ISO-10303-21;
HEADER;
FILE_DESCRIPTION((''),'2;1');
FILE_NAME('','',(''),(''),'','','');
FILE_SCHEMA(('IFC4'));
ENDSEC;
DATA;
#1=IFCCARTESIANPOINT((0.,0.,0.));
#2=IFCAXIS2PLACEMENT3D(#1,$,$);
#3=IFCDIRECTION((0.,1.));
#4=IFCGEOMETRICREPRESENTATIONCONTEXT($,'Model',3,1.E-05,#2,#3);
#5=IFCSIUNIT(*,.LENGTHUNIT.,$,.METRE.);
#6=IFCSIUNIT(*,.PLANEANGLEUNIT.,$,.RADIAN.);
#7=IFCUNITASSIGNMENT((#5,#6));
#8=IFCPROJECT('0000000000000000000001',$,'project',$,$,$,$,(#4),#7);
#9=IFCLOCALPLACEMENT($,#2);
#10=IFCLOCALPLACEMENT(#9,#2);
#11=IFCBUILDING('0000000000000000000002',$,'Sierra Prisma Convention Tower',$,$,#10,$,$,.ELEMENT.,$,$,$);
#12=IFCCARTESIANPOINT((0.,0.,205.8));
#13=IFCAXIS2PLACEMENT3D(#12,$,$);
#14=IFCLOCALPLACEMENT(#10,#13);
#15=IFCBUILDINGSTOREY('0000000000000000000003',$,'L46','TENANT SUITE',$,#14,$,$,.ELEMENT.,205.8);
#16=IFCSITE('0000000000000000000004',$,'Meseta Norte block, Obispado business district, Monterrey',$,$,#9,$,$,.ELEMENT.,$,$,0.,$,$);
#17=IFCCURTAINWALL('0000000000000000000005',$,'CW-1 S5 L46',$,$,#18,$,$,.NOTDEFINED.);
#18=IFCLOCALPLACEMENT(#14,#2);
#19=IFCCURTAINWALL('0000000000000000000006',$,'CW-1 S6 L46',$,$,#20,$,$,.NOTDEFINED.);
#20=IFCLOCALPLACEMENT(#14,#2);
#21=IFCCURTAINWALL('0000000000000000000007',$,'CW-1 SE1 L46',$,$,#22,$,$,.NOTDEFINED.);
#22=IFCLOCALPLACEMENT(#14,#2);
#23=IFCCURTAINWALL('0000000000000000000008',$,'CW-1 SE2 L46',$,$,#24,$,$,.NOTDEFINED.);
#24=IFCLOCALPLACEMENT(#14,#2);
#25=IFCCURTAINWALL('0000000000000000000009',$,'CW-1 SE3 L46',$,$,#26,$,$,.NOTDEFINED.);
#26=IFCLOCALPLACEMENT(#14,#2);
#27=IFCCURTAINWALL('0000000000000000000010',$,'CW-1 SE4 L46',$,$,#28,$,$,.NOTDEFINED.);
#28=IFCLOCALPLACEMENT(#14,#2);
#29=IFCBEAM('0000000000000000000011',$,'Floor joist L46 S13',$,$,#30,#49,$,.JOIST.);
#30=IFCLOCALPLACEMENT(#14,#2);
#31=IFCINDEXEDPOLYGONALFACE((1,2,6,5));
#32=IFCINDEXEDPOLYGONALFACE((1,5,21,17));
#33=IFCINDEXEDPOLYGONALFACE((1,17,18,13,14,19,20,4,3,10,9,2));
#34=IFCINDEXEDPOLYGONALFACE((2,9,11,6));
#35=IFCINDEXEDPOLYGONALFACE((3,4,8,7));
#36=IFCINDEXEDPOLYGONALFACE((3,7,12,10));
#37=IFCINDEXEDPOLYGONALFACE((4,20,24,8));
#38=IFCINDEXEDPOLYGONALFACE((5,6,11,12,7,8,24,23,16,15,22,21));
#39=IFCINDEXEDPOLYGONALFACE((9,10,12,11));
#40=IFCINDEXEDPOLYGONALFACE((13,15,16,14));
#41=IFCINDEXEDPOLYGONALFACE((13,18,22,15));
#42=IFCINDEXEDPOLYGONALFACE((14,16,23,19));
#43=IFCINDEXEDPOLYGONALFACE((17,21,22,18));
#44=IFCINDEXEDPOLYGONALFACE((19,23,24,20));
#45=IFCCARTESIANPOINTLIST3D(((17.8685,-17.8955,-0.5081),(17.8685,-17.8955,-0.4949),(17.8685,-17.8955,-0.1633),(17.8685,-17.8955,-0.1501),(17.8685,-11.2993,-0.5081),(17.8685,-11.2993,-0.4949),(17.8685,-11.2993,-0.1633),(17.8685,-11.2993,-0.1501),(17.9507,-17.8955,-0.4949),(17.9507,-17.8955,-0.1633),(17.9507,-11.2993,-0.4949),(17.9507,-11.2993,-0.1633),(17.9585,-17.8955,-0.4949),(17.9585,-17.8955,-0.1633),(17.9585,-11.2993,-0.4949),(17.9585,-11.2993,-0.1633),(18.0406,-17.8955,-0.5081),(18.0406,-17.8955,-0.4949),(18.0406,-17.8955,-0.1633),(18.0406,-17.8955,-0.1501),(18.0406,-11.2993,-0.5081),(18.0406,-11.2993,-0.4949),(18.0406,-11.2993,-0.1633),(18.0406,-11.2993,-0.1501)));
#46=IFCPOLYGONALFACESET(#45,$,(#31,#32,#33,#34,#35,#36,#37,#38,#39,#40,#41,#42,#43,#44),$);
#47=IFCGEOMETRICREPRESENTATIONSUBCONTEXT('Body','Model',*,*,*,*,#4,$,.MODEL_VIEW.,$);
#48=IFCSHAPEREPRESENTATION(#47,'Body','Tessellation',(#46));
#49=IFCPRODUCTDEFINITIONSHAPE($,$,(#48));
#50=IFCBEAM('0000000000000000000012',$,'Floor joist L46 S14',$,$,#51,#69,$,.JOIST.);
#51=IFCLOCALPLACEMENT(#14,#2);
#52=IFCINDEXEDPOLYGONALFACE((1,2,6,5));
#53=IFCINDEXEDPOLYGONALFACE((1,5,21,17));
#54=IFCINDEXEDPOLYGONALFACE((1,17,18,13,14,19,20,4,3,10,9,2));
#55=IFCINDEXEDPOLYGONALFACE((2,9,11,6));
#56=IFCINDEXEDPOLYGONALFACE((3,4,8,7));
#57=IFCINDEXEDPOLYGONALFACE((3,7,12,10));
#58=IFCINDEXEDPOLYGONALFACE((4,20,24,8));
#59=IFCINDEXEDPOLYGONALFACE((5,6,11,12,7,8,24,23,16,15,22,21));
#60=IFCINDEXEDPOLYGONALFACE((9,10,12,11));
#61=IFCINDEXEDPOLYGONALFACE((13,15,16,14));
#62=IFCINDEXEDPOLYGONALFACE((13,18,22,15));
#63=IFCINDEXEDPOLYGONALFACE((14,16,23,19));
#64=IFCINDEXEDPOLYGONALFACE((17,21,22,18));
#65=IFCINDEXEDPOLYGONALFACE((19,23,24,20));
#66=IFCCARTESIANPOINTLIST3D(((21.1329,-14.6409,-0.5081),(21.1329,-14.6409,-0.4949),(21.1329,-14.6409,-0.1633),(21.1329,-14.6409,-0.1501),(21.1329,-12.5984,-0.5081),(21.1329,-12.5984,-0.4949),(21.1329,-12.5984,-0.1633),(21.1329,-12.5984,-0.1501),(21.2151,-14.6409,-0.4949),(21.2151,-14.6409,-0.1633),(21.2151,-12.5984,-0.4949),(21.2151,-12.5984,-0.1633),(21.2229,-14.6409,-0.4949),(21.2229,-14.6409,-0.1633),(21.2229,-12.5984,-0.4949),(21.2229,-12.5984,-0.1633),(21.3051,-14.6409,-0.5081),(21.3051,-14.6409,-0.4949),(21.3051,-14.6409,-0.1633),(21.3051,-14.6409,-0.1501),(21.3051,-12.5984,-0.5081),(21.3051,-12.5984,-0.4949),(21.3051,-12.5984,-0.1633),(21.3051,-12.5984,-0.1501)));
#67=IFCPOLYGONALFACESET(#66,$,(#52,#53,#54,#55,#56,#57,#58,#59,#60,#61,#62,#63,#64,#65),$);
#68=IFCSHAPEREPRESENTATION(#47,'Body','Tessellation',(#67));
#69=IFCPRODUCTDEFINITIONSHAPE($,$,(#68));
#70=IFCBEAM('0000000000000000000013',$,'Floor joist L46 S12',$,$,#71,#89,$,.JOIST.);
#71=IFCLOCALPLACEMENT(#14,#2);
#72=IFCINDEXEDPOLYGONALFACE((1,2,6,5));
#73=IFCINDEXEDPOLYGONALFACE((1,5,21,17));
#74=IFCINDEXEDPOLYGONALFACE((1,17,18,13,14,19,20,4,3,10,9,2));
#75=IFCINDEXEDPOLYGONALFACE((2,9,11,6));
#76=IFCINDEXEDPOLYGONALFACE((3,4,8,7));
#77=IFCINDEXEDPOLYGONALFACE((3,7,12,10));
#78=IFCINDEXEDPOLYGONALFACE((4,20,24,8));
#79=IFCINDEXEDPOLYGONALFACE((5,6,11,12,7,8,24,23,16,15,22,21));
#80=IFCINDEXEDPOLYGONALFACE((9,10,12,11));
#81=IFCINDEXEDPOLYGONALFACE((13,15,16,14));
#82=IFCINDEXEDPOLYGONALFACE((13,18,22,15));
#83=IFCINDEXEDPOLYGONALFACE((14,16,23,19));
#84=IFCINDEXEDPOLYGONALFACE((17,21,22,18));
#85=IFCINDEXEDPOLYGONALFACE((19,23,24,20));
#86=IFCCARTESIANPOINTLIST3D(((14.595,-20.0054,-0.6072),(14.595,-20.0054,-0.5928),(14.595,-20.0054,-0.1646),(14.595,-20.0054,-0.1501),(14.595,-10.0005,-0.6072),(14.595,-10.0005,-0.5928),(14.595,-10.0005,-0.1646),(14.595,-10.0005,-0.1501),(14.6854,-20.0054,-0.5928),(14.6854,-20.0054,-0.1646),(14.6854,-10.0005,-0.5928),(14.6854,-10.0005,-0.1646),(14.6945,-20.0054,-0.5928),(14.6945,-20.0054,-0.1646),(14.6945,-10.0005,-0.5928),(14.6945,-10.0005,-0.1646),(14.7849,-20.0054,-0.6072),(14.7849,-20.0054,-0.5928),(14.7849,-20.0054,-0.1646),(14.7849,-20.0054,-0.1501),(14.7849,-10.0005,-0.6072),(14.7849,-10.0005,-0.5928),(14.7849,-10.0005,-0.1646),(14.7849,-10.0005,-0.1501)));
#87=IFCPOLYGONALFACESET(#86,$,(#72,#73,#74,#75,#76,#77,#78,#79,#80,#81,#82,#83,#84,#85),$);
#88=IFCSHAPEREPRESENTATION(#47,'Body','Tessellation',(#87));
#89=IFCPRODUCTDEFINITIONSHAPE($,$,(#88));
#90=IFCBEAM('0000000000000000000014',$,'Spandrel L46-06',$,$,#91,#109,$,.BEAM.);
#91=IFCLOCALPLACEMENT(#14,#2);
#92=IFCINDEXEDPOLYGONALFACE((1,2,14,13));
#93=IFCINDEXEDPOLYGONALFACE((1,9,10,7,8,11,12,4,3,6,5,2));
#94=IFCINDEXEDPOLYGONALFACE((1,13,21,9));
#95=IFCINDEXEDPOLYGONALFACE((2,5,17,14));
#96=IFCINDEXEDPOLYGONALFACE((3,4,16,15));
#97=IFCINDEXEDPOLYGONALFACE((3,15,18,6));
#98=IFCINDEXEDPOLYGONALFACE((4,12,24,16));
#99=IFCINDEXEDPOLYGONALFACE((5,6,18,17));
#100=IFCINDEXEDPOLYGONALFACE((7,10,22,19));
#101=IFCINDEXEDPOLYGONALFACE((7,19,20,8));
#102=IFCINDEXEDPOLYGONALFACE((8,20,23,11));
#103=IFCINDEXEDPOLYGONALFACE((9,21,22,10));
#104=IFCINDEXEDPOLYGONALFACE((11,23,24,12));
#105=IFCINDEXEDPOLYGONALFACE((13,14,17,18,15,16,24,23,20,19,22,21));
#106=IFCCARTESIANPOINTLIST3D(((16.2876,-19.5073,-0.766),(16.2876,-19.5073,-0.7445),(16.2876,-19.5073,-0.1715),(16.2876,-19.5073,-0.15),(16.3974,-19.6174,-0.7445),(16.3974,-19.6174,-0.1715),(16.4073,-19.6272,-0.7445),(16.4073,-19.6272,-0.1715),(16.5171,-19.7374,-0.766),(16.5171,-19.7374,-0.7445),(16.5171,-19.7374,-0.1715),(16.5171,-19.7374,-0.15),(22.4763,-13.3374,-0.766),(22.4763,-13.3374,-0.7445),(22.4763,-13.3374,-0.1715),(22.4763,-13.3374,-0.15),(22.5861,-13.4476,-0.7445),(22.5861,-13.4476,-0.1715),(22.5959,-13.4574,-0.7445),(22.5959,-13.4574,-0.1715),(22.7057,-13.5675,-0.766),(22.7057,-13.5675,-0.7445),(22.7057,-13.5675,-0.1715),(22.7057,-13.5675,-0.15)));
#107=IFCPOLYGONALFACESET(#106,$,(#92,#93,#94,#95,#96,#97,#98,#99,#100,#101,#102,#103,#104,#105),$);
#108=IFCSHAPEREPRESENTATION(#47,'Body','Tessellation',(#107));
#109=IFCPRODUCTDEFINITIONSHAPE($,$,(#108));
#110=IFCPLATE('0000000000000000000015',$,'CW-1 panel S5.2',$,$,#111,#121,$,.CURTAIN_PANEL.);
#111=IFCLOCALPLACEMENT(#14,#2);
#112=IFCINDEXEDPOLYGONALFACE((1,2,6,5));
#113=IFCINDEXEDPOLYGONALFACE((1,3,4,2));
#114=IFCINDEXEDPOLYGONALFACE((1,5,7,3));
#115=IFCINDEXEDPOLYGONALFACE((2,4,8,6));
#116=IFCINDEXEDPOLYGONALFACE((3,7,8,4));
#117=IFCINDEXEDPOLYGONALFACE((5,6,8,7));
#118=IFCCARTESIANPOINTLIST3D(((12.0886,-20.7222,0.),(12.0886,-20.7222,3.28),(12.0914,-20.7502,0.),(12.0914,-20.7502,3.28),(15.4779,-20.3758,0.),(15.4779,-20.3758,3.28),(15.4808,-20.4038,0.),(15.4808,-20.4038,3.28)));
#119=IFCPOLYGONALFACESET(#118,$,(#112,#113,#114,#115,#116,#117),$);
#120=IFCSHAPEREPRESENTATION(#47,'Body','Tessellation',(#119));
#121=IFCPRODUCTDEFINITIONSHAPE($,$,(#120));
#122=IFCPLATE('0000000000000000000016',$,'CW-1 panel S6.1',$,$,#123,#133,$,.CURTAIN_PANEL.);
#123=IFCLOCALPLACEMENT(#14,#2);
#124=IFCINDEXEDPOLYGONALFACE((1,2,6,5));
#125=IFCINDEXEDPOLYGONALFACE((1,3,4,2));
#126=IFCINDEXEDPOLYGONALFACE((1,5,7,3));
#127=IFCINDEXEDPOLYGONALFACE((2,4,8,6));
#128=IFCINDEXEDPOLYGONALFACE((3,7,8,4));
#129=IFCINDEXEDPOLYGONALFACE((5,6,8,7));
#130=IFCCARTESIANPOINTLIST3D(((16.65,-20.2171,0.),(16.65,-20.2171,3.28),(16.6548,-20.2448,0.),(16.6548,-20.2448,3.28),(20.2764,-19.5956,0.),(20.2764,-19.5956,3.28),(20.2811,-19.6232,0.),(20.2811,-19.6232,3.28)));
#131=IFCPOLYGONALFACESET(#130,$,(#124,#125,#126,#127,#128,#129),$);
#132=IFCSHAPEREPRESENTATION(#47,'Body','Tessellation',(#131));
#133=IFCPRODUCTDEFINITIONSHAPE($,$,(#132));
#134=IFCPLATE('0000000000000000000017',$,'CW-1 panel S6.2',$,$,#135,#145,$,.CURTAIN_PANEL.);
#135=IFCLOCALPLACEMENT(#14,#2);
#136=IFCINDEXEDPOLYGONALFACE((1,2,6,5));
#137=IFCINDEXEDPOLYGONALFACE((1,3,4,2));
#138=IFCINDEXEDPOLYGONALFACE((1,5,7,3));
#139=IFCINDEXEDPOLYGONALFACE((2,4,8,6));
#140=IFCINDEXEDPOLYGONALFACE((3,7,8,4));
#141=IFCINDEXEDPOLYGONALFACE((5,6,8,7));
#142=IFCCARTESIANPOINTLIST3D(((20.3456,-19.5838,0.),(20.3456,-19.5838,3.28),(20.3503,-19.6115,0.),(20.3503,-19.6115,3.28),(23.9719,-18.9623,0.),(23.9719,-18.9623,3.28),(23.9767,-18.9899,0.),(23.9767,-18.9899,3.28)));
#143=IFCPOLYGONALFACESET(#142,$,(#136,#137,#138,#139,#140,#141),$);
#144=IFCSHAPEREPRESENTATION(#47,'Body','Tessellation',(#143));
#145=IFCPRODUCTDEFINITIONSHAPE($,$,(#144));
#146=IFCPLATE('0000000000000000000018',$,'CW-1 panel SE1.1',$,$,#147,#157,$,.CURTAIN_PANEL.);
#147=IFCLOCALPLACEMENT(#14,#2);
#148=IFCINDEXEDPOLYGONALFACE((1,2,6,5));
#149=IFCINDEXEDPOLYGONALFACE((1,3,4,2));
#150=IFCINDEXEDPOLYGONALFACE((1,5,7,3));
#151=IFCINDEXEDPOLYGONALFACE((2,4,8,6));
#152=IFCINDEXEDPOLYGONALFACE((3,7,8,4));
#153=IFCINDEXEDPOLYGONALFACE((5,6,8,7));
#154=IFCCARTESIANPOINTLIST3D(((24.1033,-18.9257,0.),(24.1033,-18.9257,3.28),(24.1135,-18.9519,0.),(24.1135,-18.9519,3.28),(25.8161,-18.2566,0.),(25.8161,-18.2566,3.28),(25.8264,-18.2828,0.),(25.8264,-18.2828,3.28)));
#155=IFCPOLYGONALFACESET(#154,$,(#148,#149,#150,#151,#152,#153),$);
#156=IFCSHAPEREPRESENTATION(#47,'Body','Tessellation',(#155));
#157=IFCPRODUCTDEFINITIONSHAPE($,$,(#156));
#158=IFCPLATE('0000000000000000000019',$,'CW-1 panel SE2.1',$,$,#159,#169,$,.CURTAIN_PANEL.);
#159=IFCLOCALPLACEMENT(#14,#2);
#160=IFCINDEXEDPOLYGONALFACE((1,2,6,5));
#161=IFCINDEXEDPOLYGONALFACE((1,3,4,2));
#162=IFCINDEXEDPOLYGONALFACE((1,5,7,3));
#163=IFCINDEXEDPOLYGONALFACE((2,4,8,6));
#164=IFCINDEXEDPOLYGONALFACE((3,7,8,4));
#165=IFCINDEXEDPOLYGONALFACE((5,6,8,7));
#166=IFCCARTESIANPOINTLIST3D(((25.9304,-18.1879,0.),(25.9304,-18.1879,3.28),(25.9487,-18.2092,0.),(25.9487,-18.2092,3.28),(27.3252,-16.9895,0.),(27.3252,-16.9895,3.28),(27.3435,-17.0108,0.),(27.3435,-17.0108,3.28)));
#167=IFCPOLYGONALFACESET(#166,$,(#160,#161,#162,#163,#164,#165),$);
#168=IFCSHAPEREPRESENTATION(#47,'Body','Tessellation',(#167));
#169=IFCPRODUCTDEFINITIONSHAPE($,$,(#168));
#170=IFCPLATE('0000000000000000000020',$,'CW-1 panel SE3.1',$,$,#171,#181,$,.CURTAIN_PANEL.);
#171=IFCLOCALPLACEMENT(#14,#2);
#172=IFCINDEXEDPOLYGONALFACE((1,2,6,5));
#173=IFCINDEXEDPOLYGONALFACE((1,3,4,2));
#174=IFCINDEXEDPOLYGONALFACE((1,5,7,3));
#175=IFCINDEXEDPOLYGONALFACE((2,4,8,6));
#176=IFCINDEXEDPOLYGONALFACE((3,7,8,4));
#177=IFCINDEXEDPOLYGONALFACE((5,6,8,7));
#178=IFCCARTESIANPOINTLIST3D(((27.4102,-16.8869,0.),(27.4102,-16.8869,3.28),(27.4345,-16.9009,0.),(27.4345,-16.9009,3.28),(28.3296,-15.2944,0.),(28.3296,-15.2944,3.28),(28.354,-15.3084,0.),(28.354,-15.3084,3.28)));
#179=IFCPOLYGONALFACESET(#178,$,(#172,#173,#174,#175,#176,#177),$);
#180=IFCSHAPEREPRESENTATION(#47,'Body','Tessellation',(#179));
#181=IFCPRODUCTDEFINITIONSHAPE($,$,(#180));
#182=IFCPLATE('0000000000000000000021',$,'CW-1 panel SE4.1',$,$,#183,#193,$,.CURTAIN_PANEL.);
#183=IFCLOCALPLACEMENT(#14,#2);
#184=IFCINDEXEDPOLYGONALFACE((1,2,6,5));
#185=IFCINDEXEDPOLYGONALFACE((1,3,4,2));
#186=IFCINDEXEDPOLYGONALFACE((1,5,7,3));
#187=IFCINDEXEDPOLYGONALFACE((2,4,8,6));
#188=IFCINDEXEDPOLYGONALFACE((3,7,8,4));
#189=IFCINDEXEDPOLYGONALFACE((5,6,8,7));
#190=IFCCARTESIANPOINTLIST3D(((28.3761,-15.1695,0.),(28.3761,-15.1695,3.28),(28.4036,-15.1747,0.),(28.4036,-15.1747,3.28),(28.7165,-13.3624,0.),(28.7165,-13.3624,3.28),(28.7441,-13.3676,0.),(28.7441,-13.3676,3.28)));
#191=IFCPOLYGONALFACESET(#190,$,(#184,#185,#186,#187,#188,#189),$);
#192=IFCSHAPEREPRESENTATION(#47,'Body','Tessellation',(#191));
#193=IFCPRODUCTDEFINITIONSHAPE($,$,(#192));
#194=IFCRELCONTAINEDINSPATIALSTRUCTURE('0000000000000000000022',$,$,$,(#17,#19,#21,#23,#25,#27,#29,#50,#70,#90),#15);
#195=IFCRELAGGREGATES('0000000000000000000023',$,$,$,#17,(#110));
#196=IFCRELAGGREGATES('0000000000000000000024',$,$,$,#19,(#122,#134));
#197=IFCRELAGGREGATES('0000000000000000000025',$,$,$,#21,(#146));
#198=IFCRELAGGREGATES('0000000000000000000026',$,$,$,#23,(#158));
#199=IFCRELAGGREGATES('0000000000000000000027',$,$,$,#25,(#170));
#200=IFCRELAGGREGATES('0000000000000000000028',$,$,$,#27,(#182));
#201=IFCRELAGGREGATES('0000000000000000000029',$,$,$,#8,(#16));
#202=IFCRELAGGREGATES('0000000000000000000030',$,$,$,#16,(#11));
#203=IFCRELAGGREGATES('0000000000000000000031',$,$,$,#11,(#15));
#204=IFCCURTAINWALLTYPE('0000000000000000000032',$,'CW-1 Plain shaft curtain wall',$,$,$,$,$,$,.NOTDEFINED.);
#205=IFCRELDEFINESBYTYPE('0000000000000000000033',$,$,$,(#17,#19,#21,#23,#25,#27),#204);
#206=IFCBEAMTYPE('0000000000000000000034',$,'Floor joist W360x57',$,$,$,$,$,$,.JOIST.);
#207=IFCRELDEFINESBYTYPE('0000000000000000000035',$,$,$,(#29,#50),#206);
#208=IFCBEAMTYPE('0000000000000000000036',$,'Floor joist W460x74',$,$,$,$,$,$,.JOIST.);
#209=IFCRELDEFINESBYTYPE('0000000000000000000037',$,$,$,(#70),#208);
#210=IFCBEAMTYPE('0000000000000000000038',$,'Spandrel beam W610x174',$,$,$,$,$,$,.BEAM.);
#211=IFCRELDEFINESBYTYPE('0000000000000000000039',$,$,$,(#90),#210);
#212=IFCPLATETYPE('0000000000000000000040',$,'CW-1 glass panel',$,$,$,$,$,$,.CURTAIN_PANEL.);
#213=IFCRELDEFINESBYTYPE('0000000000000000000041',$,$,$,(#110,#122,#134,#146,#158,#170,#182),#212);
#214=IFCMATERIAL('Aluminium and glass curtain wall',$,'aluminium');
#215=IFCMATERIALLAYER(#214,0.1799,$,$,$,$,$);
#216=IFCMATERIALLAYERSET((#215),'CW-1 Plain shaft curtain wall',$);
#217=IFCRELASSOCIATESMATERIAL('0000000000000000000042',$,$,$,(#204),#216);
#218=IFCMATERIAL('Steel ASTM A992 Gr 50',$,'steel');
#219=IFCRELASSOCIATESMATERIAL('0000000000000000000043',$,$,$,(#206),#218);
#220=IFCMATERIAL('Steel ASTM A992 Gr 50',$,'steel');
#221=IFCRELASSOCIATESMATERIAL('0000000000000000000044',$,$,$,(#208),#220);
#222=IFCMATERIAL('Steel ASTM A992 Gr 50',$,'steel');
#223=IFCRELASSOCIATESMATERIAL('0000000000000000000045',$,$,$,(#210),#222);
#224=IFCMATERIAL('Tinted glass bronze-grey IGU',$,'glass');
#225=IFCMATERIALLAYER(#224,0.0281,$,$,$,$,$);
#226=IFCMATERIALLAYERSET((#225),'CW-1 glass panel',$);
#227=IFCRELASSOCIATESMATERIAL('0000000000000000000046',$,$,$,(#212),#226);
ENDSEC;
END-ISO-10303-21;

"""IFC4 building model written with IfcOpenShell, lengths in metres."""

from ifc_helpers import new_model, si_unit, direction, frame, origin, origin_2d, place, context, subcontext, project, spatial, rectangle, i_section, extrude, material, layer, layer_set, material_profile, profile_set, type_object, element, aggregate, save


model = new_model("IFC4")

# Units and contexts
model_context = context("Model", 3, precision=1e-05, world=origin(), true_north=direction((0.0, 1.0)))
body_context = subcontext(model_context, "Body", "Model", "MODEL_VIEW")
ifc_project = project(units=[si_unit("LENGTHUNIT", "METRE"), si_unit("PLANEANGLEUNIT", "RADIAN")], contexts=[model_context])

# Site, building, storey
site_placement = place(None, origin())
site = spatial("IfcSite", under=ifc_project, at=site_placement, Name="Meseta Norte block, Obispado business district, Monterrey", CompositionType="ELEMENT", RefElevation=0.0)
building_placement = place(site_placement, origin())
building = spatial("IfcBuilding", under=site, at=building_placement, Name="Sierra Prisma Convention Tower", CompositionType="ELEMENT")
storey_placement = place(building_placement, frame((0.0, 0.0, 205.8)))
storey = spatial("IfcBuildingStorey", under=building, at=storey_placement, Name="L46", Description="TENANT SUITE", CompositionType="ELEMENT", Elevation=205.8)

# Curtain walls
ifc_material_1 = material(Name="Aluminium and glass curtain wall", Category="aluminium")
ifc_layer_1 = layer(ifc_material_1, 0.1799)
ifc_layer_set_1 = layer_set([ifc_layer_1], Name="CW-1 Plain shaft curtain wall")
curtain_wall_type = type_object("IfcCurtainWallType", Name="CW-1 Plain shaft curtain wall", PredefinedType="NOTDEFINED", material=ifc_layer_set_1)
curtain_wall_1_placement = place(storey_placement, origin())
curtain_wall_1 = element("IfcCurtainWall", 1, at=curtain_wall_1_placement, inside=storey, type_object=curtain_wall_type, Name="CW-1 S5 L46", PredefinedType="NOTDEFINED")
curtain_wall_2_placement = place(storey_placement, origin())
curtain_wall_2 = element("IfcCurtainWall", 2, at=curtain_wall_2_placement, inside=storey, type_object=curtain_wall_type, Name="CW-1 S6 L46", PredefinedType="NOTDEFINED")
curtain_wall_3_placement = place(storey_placement, origin())
curtain_wall_3 = element("IfcCurtainWall", 3, at=curtain_wall_3_placement, inside=storey, type_object=curtain_wall_type, Name="CW-1 SE1 L46", PredefinedType="NOTDEFINED")
curtain_wall_4_placement = place(storey_placement, origin())
curtain_wall_4 = element("IfcCurtainWall", 4, at=curtain_wall_4_placement, inside=storey, type_object=curtain_wall_type, Name="CW-1 SE2 L46", PredefinedType="NOTDEFINED")
curtain_wall_5_placement = place(storey_placement, origin())
curtain_wall_5 = element("IfcCurtainWall", 5, at=curtain_wall_5_placement, inside=storey, type_object=curtain_wall_type, Name="CW-1 SE3 L46", PredefinedType="NOTDEFINED")
curtain_wall_6_placement = place(storey_placement, origin())
curtain_wall_6 = element("IfcCurtainWall", 6, at=curtain_wall_6_placement, inside=storey, type_object=curtain_wall_type, Name="CW-1 SE4 L46", PredefinedType="NOTDEFINED")

# Beams
ifc_material_2 = material(Name="Steel ASTM A992 Gr 50", Category="steel")
ifc_material_profile_1 = material_profile(ifc_material_2, i_section(OverallWidth=0.1721, OverallDepth=0.3579, WebThickness=0.0078, FlangeThickness=0.0132, at=origin_2d()), Name="W360x57")
ifc_profile_set_1 = profile_set([ifc_material_profile_1], Name="Steel ASTM A992 Gr 50")
beam_type_1 = type_object("IfcBeamType", Name="Floor joist W360x57", PredefinedType="JOIST", material=ifc_profile_set_1)
beam_1_placement = place(storey_placement, frame((17.9546, -17.8955, -0.3291), z_axis=(0.0, 1.0, 0.0), x_axis=(-1.0, 0.0, 0.0)))
element("IfcBeam", 7, at=beam_1_placement, inside=storey, type_object=beam_type_1, Name="Floor joist L46 S13", PredefinedType="JOIST", context=body_context, shape_type="SweptSolid", body=[
    extrude(i_section(OverallWidth=0.1721, OverallDepth=0.3579, WebThickness=0.0078, FlangeThickness=0.0132, at=origin_2d()), origin(), (0.0, 0.0, 1.0), 6.5962),
])
beam_2_placement = place(storey_placement, frame((21.219, -14.6409, -0.3291), z_axis=(0.0, 1.0, 0.0), x_axis=(-1.0, 0.0, 0.0)))
element("IfcBeam", 8, at=beam_2_placement, inside=storey, type_object=beam_type_1, Name="Floor joist L46 S14", PredefinedType="JOIST", context=body_context, shape_type="SweptSolid", body=[
    extrude(i_section(OverallWidth=0.1721, OverallDepth=0.3579, WebThickness=0.0078, FlangeThickness=0.0132, at=origin_2d()), origin(), (0.0, 0.0, 1.0), 2.0425),
])
ifc_material_3 = material(Name="Steel ASTM A992 Gr 50", Category="steel")
ifc_material_profile_2 = material_profile(ifc_material_3, i_section(OverallWidth=0.1899, OverallDepth=0.457, WebThickness=0.009, FlangeThickness=0.0144, at=origin_2d()), Name="W460x74")
ifc_profile_set_2 = profile_set([ifc_material_profile_2], Name="Steel ASTM A992 Gr 50")
beam_type_2 = type_object("IfcBeamType", Name="Floor joist W460x74", PredefinedType="JOIST", material=ifc_profile_set_2)
beam_3_placement = place(storey_placement, frame((14.6899, -20.0054, -0.3787), z_axis=(0.0, 1.0, 0.0), x_axis=(-1.0, 0.0, 0.0)))
element("IfcBeam", 9, at=beam_3_placement, inside=storey, type_object=beam_type_2, Name="Floor joist L46 S12", PredefinedType="JOIST", context=body_context, shape_type="SweptSolid", body=[
    extrude(i_section(OverallWidth=0.1899, OverallDepth=0.457, WebThickness=0.009, FlangeThickness=0.0144, at=origin_2d()), origin(), (0.0, 0.0, 1.0), 10.0049),
])
ifc_material_4 = material(Name="Steel ASTM A992 Gr 50", Category="steel")
ifc_material_profile_3 = material_profile(ifc_material_4, i_section(OverallWidth=0.325, OverallDepth=0.616, WebThickness=0.0139, FlangeThickness=0.0215, at=origin_2d()), Name="W610x174")
ifc_profile_set_3 = profile_set([ifc_material_profile_3], Name="Steel ASTM A992 Gr 50")
beam_type_3 = type_object("IfcBeamType", Name="Spandrel beam W610x174", PredefinedType="BEAM", material=ifc_profile_set_3)
beam_4_placement = place(storey_placement, frame((16.4023, -19.6223, -0.458), z_axis=(0.708182, 0.70603, 0.0), x_axis=(-0.70603, 0.708182, 0.0)))
element("IfcBeam", 10, at=beam_4_placement, inside=storey, type_object=beam_type_3, Name="Spandrel L46-06", PredefinedType="BEAM", context=body_context, shape_type="SweptSolid", body=[
    extrude(i_section(OverallWidth=0.325, OverallDepth=0.616, WebThickness=0.0139, FlangeThickness=0.0215, at=origin_2d()), origin(), (0.0, 0.0, 1.0), 8.7388),
])

# Plates
ifc_material_5 = material(Name="Tinted glass bronze-grey IGU", Category="glass")
ifc_layer_2 = layer(ifc_material_5, 0.0281)
ifc_layer_set_2 = layer_set([ifc_layer_2], Name="CW-1 glass panel")
plate_type = type_object("IfcPlateType", Name="CW-1 glass panel", PredefinedType="CURTAIN_PANEL", material=ifc_layer_set_2)
plate_1_placement = place(storey_placement, frame((13.7847, -20.563, 0.0), z_axis=(0.0, 0.0, 1.0), x_axis=(0.994818, 0.101672, 0.0)))
plate_1 = element("IfcPlate", 11, at=plate_1_placement, type_object=plate_type, Name="CW-1 panel S5.2", PredefinedType="CURTAIN_PANEL", context=body_context, shape_type="SweptSolid", body=[
    extrude(rectangle(XDim=3.407, YDim=0.0281, at=origin_2d()), origin(), (0.0, 0.0, 1.0), 3.28),
])
aggregate(curtain_wall_1, [plate_1])
plate_2_placement = place(storey_placement, frame((18.4656, -19.9202, 0.0), z_axis=(0.0, 0.0, 1.0), x_axis=(0.985627, 0.168933, 0.0)))
plate_2 = element("IfcPlate", 12, at=plate_2_placement, type_object=plate_type, Name="CW-1 panel S6.1", PredefinedType="CURTAIN_PANEL", context=body_context, shape_type="SweptSolid", body=[
    extrude(rectangle(XDim=3.6792, YDim=0.0281, at=origin_2d()), origin(), (0.0, 0.0, 1.0), 3.28),
])
plate_3_placement = place(storey_placement, frame((22.1611, -19.2869, 0.0), z_axis=(0.0, 0.0, 1.0), x_axis=(0.985627, 0.168933, 0.0)))
plate_3 = element("IfcPlate", 13, at=plate_3_placement, type_object=plate_type, Name="CW-1 panel S6.2", PredefinedType="CURTAIN_PANEL", context=body_context, shape_type="SweptSolid", body=[
    extrude(rectangle(XDim=3.6792, YDim=0.0281, at=origin_2d()), origin(), (0.0, 0.0, 1.0), 3.28),
])
aggregate(curtain_wall_2, [plate_2, plate_3])
plate_4_placement = place(storey_placement, frame((24.9648, -18.6042, 0.0), z_axis=(0.0, 0.0, 1.0), x_axis=(0.931458, 0.363849, 0.0)))
plate_4 = element("IfcPlate", 14, at=plate_4_placement, type_object=plate_type, Name="CW-1 panel SE1.1", PredefinedType="CURTAIN_PANEL", context=body_context, shape_type="SweptSolid", body=[
    extrude(rectangle(XDim=1.8389, YDim=0.0281, at=origin_2d()), origin(), (0.0, 0.0, 1.0), 3.28),
])
aggregate(curtain_wall_3, [plate_4])
plate_5_placement = place(storey_placement, frame((26.637, -17.5994, 0.0), z_axis=(0.0, 0.0, 1.0), x_axis=(0.758494, 0.65168, 0.0)))
plate_5 = element("IfcPlate", 15, at=plate_5_placement, type_object=plate_type, Name="CW-1 panel SE2.1", PredefinedType="CURTAIN_PANEL", context=body_context, shape_type="SweptSolid", body=[
    extrude(rectangle(XDim=1.8389, YDim=0.0281, at=origin_2d()), origin(), (0.0, 0.0, 1.0), 3.28),
])
aggregate(curtain_wall_4, [plate_5])
plate_6_placement = place(storey_placement, frame((27.8821, -16.0977, 0.0), z_axis=(0.0, 0.0, 1.0), x_axis=(0.5, 0.866025, 0.0)))
plate_6 = element("IfcPlate", 16, at=plate_6_placement, type_object=plate_type, Name="CW-1 panel SE3.1", PredefinedType="CURTAIN_PANEL", context=body_context, shape_type="SweptSolid", body=[
    extrude(rectangle(XDim=1.8389, YDim=0.0281, at=origin_2d()), origin(), (0.0, 0.0, 1.0), 3.28),
])
aggregate(curtain_wall_5, [plate_6])
plate_7_placement = place(storey_placement, frame((28.5601, -14.2686, 0.0), z_axis=(0.0, 0.0, 1.0), x_axis=(0.185124, 0.982715, 0.0)))
plate_7 = element("IfcPlate", 17, at=plate_7_placement, type_object=plate_type, Name="CW-1 panel SE4.1", PredefinedType="CURTAIN_PANEL", context=body_context, shape_type="SweptSolid", body=[
    extrude(rectangle(XDim=1.8389, YDim=0.0281, at=origin_2d()), origin(), (0.0, 0.0, 1.0), 3.28),
])
aggregate(curtain_wall_6, [plate_7])

save(model, "model.ifc")
